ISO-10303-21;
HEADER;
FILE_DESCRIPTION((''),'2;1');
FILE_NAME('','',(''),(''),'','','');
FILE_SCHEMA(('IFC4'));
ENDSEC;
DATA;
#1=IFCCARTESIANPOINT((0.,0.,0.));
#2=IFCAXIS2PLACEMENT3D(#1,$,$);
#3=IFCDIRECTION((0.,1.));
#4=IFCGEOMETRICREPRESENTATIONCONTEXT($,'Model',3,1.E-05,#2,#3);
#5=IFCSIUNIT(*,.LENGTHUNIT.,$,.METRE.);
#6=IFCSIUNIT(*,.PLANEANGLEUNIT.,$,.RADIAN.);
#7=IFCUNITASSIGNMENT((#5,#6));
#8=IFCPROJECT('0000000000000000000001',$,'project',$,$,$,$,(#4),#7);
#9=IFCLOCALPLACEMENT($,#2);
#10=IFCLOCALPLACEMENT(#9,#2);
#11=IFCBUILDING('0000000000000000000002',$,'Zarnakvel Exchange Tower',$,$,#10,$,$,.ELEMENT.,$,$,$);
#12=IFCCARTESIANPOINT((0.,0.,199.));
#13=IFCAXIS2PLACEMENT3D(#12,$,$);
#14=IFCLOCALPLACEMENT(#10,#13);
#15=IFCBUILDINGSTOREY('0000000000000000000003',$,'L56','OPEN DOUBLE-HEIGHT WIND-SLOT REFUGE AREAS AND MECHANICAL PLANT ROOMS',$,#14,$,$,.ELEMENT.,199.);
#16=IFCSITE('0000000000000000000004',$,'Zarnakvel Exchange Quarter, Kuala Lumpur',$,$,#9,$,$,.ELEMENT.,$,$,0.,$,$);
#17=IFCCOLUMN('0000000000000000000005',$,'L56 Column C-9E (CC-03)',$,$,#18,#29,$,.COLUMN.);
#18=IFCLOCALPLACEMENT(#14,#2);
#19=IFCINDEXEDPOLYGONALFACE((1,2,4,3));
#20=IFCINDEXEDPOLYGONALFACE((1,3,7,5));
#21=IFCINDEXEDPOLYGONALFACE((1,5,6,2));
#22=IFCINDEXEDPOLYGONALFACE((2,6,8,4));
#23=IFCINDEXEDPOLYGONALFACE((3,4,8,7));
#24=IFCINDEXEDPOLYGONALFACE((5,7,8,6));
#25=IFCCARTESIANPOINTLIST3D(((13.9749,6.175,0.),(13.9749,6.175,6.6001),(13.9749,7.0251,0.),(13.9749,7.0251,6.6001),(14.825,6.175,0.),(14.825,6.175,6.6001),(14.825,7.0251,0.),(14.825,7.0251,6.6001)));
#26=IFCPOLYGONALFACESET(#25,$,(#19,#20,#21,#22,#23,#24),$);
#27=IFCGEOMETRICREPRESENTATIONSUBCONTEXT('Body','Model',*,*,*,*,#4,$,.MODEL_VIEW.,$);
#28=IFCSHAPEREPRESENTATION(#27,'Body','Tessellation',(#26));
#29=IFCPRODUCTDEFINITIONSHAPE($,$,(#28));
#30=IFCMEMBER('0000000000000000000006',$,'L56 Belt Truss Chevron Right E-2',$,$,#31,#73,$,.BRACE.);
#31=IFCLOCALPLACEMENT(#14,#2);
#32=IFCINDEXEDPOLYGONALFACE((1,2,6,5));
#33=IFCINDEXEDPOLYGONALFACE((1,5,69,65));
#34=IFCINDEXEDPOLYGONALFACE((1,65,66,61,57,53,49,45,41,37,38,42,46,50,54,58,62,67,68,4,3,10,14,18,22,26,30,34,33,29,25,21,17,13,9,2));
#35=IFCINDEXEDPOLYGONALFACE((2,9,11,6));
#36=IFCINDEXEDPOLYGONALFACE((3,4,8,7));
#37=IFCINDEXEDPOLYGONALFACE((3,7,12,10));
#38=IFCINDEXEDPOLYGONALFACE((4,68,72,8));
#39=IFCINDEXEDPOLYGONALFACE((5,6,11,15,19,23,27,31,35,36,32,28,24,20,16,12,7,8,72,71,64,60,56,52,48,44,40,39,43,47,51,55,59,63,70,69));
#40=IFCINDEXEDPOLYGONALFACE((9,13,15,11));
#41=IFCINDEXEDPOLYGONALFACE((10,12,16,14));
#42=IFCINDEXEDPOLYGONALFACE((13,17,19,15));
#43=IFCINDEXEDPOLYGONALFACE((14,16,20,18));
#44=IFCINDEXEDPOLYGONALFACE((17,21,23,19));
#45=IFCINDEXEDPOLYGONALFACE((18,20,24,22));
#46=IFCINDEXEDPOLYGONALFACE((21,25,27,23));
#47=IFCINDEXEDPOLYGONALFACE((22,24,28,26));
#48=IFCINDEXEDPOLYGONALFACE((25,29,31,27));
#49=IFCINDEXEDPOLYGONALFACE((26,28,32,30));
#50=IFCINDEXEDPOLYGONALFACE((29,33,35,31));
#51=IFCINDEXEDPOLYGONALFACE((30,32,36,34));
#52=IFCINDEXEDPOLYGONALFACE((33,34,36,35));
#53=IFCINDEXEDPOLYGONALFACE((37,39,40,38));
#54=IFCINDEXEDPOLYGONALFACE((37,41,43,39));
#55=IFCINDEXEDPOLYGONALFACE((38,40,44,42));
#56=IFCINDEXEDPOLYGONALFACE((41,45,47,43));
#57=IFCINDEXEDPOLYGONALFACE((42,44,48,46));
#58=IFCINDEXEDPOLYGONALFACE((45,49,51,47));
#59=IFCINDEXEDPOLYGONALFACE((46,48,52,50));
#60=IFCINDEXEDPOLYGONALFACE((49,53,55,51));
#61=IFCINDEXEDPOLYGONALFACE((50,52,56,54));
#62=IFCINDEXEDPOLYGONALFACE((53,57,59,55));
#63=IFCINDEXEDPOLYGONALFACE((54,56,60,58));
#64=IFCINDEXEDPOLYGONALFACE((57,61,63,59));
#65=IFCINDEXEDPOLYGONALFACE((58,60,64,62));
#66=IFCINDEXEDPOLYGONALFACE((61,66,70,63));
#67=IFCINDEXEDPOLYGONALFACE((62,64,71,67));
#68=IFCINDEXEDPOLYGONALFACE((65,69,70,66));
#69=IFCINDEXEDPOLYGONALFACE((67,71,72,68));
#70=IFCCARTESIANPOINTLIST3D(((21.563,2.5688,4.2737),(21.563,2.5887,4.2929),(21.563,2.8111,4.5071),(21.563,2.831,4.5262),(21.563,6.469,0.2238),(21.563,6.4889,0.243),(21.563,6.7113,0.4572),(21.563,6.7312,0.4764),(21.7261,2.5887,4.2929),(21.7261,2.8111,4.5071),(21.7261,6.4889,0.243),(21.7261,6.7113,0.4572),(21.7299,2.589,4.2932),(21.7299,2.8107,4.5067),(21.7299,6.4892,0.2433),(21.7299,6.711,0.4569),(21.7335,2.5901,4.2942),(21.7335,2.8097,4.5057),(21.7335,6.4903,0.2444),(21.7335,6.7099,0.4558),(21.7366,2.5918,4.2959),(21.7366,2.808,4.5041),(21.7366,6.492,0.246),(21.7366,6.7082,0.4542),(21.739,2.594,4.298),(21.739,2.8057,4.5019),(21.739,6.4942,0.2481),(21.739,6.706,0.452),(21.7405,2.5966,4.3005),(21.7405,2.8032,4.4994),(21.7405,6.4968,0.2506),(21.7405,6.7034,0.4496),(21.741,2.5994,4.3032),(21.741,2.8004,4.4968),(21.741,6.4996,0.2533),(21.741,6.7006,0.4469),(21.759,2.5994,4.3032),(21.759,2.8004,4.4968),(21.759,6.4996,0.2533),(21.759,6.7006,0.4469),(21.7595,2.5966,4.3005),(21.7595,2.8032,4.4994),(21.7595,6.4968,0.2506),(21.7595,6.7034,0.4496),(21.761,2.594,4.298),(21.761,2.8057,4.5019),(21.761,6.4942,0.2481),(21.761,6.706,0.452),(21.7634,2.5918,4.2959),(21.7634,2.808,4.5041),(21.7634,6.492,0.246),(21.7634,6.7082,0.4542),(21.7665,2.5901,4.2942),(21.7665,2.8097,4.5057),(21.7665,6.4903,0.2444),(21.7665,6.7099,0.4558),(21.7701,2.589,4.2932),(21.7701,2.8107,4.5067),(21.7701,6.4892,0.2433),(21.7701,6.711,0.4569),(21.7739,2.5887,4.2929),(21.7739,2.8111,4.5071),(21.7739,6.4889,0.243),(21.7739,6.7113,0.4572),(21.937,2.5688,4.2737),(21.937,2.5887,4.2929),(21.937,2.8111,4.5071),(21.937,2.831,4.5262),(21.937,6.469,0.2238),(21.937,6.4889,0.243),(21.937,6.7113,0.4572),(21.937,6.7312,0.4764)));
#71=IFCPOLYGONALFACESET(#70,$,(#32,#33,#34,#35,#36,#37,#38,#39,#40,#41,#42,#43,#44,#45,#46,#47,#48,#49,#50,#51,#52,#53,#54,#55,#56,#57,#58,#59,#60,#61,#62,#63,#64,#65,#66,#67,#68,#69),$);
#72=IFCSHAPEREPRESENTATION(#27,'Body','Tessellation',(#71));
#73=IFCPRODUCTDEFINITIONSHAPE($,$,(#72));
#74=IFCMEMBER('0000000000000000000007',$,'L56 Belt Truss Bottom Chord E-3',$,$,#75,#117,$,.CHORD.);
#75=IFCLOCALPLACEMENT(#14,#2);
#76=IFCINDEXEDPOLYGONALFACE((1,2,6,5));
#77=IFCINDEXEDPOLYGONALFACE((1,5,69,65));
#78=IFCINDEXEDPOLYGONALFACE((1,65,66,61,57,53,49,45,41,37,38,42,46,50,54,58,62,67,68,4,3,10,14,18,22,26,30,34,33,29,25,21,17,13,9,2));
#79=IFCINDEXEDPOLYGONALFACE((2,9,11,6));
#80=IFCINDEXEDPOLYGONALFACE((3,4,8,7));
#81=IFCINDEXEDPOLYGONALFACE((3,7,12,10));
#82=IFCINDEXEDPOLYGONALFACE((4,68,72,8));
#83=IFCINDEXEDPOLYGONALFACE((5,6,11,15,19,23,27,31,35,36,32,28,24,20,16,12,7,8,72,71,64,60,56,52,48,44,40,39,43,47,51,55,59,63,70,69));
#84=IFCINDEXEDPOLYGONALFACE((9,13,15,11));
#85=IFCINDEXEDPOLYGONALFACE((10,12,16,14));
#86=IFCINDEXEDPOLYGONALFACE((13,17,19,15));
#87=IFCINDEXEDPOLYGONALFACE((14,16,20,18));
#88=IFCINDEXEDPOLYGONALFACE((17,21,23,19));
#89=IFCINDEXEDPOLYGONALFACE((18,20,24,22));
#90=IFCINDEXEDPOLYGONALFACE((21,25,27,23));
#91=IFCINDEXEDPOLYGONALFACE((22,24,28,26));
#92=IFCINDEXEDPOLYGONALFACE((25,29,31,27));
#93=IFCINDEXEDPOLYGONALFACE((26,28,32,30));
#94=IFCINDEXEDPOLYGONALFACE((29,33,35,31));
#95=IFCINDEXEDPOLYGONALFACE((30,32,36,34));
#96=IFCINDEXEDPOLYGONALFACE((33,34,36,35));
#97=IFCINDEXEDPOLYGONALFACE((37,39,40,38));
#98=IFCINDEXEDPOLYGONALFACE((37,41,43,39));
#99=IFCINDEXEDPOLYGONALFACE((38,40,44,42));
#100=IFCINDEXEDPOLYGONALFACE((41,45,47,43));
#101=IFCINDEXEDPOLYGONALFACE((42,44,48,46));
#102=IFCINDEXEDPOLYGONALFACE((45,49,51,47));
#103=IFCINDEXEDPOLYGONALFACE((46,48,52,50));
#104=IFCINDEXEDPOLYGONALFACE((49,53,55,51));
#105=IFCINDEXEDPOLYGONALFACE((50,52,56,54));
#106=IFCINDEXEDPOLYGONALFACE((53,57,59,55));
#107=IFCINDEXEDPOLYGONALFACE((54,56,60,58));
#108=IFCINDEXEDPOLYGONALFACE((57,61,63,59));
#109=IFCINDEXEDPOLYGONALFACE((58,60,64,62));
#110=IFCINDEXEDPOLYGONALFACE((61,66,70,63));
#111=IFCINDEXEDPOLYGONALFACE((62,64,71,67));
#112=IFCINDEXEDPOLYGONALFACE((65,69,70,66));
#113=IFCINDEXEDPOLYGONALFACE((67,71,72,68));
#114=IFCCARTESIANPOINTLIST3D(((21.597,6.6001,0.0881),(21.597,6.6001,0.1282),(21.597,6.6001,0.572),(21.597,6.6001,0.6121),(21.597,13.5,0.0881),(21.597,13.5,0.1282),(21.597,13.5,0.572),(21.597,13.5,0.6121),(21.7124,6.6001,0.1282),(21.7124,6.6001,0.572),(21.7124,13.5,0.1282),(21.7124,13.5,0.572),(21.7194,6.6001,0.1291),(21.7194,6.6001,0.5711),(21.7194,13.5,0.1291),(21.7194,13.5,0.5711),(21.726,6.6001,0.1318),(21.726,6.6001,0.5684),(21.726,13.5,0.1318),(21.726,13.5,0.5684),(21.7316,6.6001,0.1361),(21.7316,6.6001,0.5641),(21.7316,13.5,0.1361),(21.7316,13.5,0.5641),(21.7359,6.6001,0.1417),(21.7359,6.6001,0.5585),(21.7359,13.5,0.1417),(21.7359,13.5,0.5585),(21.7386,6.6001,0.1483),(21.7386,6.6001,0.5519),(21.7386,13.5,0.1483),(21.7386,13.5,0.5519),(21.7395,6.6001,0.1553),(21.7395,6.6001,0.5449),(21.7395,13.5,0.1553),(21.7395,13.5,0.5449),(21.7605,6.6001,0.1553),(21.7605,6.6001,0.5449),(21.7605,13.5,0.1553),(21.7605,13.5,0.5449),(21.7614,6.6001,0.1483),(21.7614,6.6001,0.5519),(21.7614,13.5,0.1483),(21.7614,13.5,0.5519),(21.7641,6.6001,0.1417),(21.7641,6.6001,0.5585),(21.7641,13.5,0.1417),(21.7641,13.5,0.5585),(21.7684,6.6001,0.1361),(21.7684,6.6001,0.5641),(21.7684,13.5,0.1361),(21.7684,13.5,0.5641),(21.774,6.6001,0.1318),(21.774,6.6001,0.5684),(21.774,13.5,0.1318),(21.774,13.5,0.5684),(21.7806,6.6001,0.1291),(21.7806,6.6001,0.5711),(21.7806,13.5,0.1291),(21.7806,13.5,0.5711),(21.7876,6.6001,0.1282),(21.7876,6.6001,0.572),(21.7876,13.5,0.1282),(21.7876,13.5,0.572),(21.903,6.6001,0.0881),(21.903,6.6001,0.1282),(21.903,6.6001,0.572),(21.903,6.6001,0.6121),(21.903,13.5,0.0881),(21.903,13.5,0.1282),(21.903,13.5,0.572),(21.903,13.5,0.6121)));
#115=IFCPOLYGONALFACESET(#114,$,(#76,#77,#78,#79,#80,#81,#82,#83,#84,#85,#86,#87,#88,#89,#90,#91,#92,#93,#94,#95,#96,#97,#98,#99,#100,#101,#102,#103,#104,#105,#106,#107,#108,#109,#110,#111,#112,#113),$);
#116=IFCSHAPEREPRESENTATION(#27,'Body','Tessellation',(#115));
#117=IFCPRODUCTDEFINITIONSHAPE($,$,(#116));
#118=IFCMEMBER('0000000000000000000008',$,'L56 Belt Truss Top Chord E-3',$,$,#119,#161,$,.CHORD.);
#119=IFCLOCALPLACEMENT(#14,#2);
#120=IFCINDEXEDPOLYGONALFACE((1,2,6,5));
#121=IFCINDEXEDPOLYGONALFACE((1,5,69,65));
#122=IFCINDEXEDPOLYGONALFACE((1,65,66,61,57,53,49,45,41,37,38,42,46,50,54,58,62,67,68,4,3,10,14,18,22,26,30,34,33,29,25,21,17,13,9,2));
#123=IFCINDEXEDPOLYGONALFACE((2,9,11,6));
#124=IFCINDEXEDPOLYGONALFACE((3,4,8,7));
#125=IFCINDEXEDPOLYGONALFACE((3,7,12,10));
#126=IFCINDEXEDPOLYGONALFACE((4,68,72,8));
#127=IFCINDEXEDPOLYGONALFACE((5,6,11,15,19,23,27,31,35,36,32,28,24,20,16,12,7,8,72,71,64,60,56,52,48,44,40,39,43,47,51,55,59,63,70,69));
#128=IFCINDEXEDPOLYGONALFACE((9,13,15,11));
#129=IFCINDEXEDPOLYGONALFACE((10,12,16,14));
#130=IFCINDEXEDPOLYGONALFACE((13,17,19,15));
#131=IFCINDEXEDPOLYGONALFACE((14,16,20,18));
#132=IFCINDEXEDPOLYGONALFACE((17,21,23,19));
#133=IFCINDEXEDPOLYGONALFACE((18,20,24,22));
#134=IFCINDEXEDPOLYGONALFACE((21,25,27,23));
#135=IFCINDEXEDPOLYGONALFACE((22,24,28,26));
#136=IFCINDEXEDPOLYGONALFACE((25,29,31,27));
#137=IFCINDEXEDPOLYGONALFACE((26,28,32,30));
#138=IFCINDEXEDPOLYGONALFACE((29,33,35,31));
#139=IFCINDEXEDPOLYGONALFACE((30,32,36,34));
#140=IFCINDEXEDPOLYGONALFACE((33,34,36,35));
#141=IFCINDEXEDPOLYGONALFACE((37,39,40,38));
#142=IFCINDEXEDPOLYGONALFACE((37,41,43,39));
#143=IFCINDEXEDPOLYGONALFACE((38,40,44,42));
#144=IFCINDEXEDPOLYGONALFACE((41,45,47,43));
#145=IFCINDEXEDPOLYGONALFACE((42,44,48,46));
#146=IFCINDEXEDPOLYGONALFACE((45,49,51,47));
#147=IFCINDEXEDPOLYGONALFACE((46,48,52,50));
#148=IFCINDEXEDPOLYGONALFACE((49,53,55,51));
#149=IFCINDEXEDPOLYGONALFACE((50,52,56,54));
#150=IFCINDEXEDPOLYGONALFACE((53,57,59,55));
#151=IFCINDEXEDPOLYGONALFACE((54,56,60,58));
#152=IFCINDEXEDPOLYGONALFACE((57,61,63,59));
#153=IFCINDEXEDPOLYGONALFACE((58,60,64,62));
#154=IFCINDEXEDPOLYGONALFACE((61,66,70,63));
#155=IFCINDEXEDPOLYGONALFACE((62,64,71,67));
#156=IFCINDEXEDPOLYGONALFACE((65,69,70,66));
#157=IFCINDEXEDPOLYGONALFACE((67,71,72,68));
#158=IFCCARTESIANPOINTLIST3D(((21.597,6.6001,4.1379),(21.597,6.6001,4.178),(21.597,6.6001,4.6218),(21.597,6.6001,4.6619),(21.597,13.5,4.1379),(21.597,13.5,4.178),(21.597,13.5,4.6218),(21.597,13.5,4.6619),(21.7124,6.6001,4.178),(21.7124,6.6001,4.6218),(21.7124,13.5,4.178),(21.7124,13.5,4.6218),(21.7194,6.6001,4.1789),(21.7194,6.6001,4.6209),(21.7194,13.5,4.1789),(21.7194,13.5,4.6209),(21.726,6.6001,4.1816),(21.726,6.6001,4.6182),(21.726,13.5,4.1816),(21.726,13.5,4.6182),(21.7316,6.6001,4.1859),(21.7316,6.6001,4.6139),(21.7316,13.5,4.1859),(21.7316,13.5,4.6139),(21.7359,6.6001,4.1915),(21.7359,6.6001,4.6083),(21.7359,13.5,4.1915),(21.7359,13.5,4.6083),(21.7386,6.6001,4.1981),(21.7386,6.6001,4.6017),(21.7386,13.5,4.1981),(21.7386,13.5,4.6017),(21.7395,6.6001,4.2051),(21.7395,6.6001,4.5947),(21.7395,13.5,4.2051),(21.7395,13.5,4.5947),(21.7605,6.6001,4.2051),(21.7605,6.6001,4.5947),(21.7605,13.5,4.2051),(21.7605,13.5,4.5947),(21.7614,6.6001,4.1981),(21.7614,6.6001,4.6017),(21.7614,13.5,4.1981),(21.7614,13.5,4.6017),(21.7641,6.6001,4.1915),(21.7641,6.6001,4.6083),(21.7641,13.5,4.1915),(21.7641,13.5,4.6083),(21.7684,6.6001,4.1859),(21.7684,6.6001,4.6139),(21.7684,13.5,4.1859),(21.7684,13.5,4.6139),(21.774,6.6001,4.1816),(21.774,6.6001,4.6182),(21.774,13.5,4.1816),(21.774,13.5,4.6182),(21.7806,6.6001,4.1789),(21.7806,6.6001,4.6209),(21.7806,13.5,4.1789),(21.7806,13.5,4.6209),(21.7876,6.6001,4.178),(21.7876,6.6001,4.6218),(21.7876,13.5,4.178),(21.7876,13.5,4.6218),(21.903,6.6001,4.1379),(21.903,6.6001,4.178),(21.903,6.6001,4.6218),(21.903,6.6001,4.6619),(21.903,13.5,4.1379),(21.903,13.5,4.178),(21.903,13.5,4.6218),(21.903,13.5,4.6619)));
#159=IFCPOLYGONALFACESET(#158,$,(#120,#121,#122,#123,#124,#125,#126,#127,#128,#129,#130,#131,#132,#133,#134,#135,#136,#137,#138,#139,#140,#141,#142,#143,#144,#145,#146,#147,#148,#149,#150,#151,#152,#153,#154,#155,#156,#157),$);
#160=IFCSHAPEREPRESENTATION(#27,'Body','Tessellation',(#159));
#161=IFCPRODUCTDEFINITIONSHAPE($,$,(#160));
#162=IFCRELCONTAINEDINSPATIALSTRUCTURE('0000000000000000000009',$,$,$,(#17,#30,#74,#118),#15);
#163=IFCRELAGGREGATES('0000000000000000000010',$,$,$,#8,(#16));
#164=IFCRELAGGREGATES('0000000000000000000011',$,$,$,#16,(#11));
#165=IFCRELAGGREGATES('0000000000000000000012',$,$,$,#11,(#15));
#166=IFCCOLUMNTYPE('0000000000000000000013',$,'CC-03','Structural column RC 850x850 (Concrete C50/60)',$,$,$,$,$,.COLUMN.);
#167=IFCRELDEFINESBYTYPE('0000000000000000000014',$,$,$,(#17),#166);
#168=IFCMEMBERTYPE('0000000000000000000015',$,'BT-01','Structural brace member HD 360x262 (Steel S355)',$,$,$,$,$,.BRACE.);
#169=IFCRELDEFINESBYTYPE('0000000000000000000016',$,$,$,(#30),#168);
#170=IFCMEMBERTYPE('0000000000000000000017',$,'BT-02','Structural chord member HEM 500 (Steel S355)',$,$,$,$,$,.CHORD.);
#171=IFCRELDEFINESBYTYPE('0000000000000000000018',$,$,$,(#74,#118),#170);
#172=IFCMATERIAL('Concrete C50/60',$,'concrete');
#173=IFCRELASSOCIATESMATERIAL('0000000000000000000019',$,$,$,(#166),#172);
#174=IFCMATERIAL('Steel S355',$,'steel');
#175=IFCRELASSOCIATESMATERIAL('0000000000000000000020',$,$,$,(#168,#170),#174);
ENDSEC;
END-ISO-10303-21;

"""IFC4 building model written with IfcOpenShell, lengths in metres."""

from ifc_helpers import new_model, si_unit, direction, frame, origin, origin_2d, place, context, subcontext, project, spatial, rectangle, i_section, extrude, source, transform, mapped, material, material_profile, profile_set, type_object, element, save


model = new_model("IFC4")

# Units and contexts
model_context = context("Model", 3, precision=1e-05, world=origin(), true_north=direction((0.0, 1.0)))
body_context = subcontext(model_context, "Body", "Model", "MODEL_VIEW")
ifc_project = project(units=[si_unit("LENGTHUNIT", "METRE"), si_unit("PLANEANGLEUNIT", "RADIAN")], contexts=[model_context])

# Site, building, storey
site_placement = place(None, origin())
site = spatial("IfcSite", under=ifc_project, at=site_placement, Name="Zarnakvel Exchange Quarter, Kuala Lumpur", CompositionType="ELEMENT", RefElevation=0.0)
building_placement = place(site_placement, origin())
building = spatial("IfcBuilding", under=site, at=building_placement, Name="Zarnakvel Exchange Tower", CompositionType="ELEMENT")
storey_placement = place(building_placement, frame((0.0, 0.0, 199.0)))
storey = spatial("IfcBuildingStorey", under=building, at=storey_placement, Name="L56", Description="OPEN DOUBLE-HEIGHT WIND-SLOT REFUGE AREAS AND MECHANICAL PLANT ROOMS", CompositionType="ELEMENT", Elevation=199.0)

# Column
ifc_material_1 = material(Name="Concrete C50/60", Category="concrete")
ifc_material_profile_1 = material_profile(ifc_material_1, rectangle(XDim=0.8501, YDim=0.8501, at=origin_2d()))
ifc_profile_set_1 = profile_set([ifc_material_profile_1], Name="Concrete C50/60")
column_type = type_object("IfcColumnType", Name="CC-03", Description="Structural column RC 850x850 (Concrete C50/60)", PredefinedType="COLUMN", material=ifc_profile_set_1)
column_placement = place(storey_placement, frame((14.3999, 6.6001, 0.0), z_axis=(0.0, 0.0, 1.0), x_axis=(1.0, 0.0, 0.0)))
element("IfcColumn", 1, at=column_placement, inside=storey, type_object=column_type, Name="L56 Column C-9E (CC-03)", PredefinedType="COLUMN", context=body_context, shape_type="SweptSolid", body=[
    extrude(rectangle(XDim=0.8501, YDim=0.8501, at=origin_2d()), origin(), (0.0, 0.0, 1.0), 6.6001),
])

# Members
ifc_material_2 = material(Name="Steel S355", Category="steel")
ifc_material_profile_2 = material_profile(ifc_material_2, i_section(OverallWidth=0.374, OverallDepth=0.364, WebThickness=0.0181, FlangeThickness=0.0276, FilletRadius=0.0149, at=origin_2d()))
ifc_profile_set_2 = profile_set([ifc_material_profile_2], Name="Steel S355")
member_type_1 = type_object("IfcMemberType", Name="BT-01", Description="Structural brace member HD 360x262 (Steel S355)", PredefinedType="BRACE", material=ifc_profile_set_2)
shared_shape_1 = source(origin(), body_context, "Body", "SweptSolid", [
    extrude(i_section(OverallWidth=0.374, OverallDepth=0.364, WebThickness=0.0181, FlangeThickness=0.0276, FilletRadius=0.0149, at=origin_2d()), origin(), (0.0, 0.0, 1.0), 5.6226),
])
member_1_placement = place(storey_placement, frame((21.75, 6.6001, 0.3501), z_axis=(0.0, -0.693673, 0.72029), x_axis=(1.0, 0.0, 0.0)))
element("IfcMember", 2, at=member_1_placement, inside=storey, type_object=member_type_1, Name="L56 Belt Truss Chevron Right E-2", PredefinedType="BRACE", context=body_context, shape_type="MappedRepresentation", body=[
    mapped(shared_shape_1, transform((0.0, 0.0, 0.0), x_axis=(1.0, 0.0, 0.0), y_axis=(0.0, 1.0, 0.0), z_axis=(0.0, 0.0, 1.0), scale=1.0)),
])
ifc_material_profile_3 = material_profile(ifc_material_2, i_section(OverallWidth=0.3059, OverallDepth=0.5239, WebThickness=0.021, FlangeThickness=0.04, FilletRadius=0.0271, at=origin_2d()))
ifc_profile_set_3 = profile_set([ifc_material_profile_3], Name="Steel S355")
member_type_2 = type_object("IfcMemberType", Name="BT-02", Description="Structural chord member HEM 500 (Steel S355)", PredefinedType="CHORD", material=ifc_profile_set_3)
shared_shape_2 = source(origin(), body_context, "Body", "SweptSolid", [
    extrude(i_section(OverallWidth=0.3059, OverallDepth=0.5239, WebThickness=0.021, FlangeThickness=0.04, FilletRadius=0.0271, at=origin_2d()), origin(), (0.0, 0.0, 1.0), 6.8999),
])
for number, where, z_axis, x_axis, name in (
    (3, (21.75, 6.6001, 0.3501), (0.0, 1.0, 0.0), (-1.0, 0.0, 0.0), "L56 Belt Truss Bottom Chord E-3"),
    (4, (21.75, 6.6001, 4.3999), (0.0, 1.0, 0.0), (-1.0, 0.0, 0.0), "L56 Belt Truss Top Chord E-3"),
):
    element("IfcMember", number, at=place(storey_placement, frame(where, z_axis=z_axis, x_axis=x_axis)), inside=storey, type_object=member_type_2, Name=name, PredefinedType="CHORD", context=body_context, shape_type="MappedRepresentation", body=[
        mapped(shared_shape_2, transform((0.0, 0.0, 0.0), x_axis=(1.0, 0.0, 0.0), y_axis=(0.0, 1.0, 0.0), z_axis=(0.0, 0.0, 1.0), scale=1.0)),
    ])

save(model, "model.ifc")
